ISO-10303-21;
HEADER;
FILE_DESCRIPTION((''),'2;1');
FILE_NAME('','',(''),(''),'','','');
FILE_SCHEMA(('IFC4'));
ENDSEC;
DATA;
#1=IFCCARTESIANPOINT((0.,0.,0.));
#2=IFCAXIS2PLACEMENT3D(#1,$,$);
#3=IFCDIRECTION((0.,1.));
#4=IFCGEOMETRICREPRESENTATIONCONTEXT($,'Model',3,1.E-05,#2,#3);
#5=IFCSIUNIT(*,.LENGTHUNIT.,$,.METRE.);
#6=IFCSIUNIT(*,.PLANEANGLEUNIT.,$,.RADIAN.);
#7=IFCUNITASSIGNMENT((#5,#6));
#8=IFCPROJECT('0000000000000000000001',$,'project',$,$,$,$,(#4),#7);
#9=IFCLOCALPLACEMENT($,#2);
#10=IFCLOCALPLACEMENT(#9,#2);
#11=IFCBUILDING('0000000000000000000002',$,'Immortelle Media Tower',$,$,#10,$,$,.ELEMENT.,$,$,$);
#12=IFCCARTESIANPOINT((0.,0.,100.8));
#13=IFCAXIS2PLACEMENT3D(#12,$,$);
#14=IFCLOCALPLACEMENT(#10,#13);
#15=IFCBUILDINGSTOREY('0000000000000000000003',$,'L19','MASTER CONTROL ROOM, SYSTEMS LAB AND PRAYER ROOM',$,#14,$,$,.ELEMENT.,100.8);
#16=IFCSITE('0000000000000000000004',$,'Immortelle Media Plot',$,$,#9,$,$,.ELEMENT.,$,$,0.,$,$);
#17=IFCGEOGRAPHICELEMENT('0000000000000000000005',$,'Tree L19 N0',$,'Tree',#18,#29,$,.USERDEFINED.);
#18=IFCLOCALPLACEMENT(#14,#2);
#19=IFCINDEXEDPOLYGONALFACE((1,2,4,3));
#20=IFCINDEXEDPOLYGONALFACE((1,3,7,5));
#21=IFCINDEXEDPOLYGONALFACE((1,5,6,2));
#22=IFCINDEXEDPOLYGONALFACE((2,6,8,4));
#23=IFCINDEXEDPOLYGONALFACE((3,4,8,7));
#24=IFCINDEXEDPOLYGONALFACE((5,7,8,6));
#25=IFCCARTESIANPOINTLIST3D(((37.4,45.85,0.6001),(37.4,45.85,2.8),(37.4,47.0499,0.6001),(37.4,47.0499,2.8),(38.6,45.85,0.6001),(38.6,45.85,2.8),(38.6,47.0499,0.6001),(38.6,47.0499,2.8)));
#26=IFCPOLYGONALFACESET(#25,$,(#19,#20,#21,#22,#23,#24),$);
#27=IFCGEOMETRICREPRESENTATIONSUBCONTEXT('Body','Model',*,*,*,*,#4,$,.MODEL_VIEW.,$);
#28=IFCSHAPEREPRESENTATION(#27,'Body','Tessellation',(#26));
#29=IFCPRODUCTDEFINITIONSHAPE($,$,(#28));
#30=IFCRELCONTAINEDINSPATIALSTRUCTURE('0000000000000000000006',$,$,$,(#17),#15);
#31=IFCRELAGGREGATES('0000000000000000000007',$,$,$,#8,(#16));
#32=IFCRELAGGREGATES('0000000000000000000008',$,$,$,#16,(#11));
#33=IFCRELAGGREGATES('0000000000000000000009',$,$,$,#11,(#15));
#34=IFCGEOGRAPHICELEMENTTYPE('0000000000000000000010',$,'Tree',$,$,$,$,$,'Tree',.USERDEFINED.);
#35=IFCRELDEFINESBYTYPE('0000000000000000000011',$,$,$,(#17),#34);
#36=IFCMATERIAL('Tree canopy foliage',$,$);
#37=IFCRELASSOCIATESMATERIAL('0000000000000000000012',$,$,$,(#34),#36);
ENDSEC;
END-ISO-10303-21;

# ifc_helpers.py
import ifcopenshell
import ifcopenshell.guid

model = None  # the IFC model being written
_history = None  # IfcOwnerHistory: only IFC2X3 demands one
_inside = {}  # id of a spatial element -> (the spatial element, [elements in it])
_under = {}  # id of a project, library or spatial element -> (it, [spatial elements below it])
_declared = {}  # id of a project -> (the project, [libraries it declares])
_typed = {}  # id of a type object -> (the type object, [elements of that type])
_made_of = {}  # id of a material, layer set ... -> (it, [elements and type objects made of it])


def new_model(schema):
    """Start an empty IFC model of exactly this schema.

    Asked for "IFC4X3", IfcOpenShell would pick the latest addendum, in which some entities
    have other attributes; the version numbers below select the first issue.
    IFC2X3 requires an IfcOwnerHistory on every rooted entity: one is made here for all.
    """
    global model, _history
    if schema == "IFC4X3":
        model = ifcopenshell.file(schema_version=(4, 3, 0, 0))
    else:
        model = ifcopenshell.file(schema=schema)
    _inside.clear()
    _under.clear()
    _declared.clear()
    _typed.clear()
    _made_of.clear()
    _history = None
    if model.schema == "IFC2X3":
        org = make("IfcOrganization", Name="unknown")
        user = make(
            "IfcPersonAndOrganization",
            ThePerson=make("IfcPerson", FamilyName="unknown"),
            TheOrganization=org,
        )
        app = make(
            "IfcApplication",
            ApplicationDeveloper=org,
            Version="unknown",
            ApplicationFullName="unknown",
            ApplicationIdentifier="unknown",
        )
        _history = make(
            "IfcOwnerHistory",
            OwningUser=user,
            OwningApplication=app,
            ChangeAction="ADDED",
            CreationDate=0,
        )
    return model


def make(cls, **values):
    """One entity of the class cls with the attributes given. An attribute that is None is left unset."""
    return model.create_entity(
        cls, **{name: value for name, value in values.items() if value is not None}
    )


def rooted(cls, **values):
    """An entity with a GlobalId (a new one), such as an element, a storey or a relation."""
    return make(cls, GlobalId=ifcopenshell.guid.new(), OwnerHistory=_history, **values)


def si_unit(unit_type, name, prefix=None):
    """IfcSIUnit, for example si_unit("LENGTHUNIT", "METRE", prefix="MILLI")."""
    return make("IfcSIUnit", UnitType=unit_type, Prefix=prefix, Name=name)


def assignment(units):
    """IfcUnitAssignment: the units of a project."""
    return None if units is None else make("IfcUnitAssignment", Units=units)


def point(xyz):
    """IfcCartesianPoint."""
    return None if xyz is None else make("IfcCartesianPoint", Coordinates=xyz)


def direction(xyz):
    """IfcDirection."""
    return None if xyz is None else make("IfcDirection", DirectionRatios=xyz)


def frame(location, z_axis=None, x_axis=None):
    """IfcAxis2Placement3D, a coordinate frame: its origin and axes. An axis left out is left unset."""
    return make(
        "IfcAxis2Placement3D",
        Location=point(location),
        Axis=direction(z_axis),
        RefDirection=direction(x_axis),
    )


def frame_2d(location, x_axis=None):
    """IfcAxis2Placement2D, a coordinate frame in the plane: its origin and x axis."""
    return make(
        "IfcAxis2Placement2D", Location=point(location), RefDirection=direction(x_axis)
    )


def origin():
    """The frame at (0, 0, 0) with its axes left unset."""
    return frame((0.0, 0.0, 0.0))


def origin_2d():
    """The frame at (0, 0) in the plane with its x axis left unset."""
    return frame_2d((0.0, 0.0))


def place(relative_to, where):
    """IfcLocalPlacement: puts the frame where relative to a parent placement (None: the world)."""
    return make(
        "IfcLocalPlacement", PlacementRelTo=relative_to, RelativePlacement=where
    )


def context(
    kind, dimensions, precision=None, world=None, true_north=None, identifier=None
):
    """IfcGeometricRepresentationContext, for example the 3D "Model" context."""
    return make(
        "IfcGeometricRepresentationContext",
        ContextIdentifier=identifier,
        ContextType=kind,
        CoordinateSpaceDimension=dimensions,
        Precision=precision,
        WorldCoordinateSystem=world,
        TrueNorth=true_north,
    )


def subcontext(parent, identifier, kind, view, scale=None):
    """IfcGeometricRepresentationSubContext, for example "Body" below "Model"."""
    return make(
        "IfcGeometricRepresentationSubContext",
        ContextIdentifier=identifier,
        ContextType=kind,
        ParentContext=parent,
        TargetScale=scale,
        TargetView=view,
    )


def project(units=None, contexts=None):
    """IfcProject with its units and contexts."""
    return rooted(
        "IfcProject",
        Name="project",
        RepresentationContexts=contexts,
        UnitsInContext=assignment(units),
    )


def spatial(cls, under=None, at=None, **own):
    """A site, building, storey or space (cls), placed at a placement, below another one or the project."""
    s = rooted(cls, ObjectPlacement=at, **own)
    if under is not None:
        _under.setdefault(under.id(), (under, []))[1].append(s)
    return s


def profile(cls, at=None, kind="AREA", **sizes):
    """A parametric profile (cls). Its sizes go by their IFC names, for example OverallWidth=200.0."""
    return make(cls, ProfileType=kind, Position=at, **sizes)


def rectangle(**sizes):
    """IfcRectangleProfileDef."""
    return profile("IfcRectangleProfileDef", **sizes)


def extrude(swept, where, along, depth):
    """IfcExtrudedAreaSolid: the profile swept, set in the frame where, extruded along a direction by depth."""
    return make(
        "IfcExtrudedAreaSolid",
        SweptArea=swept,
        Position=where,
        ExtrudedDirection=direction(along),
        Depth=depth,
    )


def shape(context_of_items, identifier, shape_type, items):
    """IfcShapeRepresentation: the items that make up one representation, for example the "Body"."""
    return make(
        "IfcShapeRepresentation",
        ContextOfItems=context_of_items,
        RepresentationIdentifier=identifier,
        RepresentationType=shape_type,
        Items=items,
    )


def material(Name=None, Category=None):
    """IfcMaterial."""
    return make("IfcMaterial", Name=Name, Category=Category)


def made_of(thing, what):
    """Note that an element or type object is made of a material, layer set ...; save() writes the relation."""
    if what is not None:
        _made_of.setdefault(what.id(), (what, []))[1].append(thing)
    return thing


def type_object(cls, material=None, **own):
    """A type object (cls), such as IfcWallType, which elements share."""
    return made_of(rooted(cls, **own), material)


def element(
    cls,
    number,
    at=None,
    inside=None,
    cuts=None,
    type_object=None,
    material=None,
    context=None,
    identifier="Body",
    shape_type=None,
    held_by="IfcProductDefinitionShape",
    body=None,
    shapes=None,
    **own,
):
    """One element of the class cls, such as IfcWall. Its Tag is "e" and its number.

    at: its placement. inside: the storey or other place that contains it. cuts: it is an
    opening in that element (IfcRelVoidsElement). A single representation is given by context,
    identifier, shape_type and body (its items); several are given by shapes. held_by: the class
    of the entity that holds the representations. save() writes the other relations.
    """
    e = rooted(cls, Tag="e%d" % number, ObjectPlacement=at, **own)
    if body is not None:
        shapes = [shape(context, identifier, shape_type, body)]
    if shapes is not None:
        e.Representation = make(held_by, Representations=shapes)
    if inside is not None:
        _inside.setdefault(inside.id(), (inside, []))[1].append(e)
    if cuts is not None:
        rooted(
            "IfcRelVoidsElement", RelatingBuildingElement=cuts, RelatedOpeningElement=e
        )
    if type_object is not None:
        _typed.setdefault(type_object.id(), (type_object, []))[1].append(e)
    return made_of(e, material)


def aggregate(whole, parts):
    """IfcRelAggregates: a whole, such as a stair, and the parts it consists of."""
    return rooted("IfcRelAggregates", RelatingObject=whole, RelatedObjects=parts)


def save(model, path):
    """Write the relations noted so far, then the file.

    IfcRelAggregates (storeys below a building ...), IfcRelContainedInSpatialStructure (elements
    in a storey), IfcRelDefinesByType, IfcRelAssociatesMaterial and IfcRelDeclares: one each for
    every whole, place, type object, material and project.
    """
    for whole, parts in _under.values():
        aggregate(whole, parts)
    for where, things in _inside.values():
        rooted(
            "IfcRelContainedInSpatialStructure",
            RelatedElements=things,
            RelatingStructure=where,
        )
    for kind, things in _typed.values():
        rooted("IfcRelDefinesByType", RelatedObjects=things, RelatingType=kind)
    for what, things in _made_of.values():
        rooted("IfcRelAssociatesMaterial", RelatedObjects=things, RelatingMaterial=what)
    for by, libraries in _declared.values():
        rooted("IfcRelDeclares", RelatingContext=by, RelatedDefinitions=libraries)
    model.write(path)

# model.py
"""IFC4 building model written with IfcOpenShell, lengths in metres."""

from ifc_helpers import new_model, si_unit, direction, frame, origin, origin_2d, place, context, subcontext, project, spatial, rectangle, extrude, material, type_object, element, save


model = new_model("IFC4")

# Units and contexts
model_context = context("Model", 3, precision=1e-05, world=origin(), true_north=direction((0.0, 1.0)))
body_context = subcontext(model_context, "Body", "Model", "MODEL_VIEW")
ifc_project = project(units=[si_unit("LENGTHUNIT", "METRE"), si_unit("PLANEANGLEUNIT", "RADIAN")], contexts=[model_context])

# Site, building, storey
site_placement = place(None, origin())
site = spatial("IfcSite", under=ifc_project, at=site_placement, Name="Immortelle Media Plot", CompositionType="ELEMENT", RefElevation=0.0)
building_placement = place(site_placement, origin())
building = spatial("IfcBuilding", under=site, at=building_placement, Name="Immortelle Media Tower", CompositionType="ELEMENT")
storey_placement = place(building_placement, frame((0.0, 0.0, 100.8)))
storey = spatial("IfcBuildingStorey", under=building, at=storey_placement, Name="L19", Description="MASTER CONTROL ROOM, SYSTEMS LAB AND PRAYER ROOM", CompositionType="ELEMENT", Elevation=100.8)

# Geographic element
ifc_material_1 = material(Name="Tree canopy foliage")
geographic_element_type = type_object("IfcGeographicElementType", Name="Tree", ElementType="Tree", PredefinedType="USERDEFINED", material=ifc_material_1)
geographic_element_placement = place(storey_placement, frame((38.0, 46.45, 0.6001), z_axis=(0.0, 0.0, 1.0), x_axis=(1.0, 0.0, 0.0)))
element("IfcGeographicElement", 1, at=geographic_element_placement, inside=storey, type_object=geographic_element_type, Name="Tree L19 N0", ObjectType="Tree", PredefinedType="USERDEFINED", context=body_context, shape_type="SweptSolid", body=[
    extrude(rectangle(XDim=1.2, YDim=1.2, at=origin_2d()), origin(), (0.0, 0.0, 1.0), 2.2),
])

save(model, "model.ifc")
